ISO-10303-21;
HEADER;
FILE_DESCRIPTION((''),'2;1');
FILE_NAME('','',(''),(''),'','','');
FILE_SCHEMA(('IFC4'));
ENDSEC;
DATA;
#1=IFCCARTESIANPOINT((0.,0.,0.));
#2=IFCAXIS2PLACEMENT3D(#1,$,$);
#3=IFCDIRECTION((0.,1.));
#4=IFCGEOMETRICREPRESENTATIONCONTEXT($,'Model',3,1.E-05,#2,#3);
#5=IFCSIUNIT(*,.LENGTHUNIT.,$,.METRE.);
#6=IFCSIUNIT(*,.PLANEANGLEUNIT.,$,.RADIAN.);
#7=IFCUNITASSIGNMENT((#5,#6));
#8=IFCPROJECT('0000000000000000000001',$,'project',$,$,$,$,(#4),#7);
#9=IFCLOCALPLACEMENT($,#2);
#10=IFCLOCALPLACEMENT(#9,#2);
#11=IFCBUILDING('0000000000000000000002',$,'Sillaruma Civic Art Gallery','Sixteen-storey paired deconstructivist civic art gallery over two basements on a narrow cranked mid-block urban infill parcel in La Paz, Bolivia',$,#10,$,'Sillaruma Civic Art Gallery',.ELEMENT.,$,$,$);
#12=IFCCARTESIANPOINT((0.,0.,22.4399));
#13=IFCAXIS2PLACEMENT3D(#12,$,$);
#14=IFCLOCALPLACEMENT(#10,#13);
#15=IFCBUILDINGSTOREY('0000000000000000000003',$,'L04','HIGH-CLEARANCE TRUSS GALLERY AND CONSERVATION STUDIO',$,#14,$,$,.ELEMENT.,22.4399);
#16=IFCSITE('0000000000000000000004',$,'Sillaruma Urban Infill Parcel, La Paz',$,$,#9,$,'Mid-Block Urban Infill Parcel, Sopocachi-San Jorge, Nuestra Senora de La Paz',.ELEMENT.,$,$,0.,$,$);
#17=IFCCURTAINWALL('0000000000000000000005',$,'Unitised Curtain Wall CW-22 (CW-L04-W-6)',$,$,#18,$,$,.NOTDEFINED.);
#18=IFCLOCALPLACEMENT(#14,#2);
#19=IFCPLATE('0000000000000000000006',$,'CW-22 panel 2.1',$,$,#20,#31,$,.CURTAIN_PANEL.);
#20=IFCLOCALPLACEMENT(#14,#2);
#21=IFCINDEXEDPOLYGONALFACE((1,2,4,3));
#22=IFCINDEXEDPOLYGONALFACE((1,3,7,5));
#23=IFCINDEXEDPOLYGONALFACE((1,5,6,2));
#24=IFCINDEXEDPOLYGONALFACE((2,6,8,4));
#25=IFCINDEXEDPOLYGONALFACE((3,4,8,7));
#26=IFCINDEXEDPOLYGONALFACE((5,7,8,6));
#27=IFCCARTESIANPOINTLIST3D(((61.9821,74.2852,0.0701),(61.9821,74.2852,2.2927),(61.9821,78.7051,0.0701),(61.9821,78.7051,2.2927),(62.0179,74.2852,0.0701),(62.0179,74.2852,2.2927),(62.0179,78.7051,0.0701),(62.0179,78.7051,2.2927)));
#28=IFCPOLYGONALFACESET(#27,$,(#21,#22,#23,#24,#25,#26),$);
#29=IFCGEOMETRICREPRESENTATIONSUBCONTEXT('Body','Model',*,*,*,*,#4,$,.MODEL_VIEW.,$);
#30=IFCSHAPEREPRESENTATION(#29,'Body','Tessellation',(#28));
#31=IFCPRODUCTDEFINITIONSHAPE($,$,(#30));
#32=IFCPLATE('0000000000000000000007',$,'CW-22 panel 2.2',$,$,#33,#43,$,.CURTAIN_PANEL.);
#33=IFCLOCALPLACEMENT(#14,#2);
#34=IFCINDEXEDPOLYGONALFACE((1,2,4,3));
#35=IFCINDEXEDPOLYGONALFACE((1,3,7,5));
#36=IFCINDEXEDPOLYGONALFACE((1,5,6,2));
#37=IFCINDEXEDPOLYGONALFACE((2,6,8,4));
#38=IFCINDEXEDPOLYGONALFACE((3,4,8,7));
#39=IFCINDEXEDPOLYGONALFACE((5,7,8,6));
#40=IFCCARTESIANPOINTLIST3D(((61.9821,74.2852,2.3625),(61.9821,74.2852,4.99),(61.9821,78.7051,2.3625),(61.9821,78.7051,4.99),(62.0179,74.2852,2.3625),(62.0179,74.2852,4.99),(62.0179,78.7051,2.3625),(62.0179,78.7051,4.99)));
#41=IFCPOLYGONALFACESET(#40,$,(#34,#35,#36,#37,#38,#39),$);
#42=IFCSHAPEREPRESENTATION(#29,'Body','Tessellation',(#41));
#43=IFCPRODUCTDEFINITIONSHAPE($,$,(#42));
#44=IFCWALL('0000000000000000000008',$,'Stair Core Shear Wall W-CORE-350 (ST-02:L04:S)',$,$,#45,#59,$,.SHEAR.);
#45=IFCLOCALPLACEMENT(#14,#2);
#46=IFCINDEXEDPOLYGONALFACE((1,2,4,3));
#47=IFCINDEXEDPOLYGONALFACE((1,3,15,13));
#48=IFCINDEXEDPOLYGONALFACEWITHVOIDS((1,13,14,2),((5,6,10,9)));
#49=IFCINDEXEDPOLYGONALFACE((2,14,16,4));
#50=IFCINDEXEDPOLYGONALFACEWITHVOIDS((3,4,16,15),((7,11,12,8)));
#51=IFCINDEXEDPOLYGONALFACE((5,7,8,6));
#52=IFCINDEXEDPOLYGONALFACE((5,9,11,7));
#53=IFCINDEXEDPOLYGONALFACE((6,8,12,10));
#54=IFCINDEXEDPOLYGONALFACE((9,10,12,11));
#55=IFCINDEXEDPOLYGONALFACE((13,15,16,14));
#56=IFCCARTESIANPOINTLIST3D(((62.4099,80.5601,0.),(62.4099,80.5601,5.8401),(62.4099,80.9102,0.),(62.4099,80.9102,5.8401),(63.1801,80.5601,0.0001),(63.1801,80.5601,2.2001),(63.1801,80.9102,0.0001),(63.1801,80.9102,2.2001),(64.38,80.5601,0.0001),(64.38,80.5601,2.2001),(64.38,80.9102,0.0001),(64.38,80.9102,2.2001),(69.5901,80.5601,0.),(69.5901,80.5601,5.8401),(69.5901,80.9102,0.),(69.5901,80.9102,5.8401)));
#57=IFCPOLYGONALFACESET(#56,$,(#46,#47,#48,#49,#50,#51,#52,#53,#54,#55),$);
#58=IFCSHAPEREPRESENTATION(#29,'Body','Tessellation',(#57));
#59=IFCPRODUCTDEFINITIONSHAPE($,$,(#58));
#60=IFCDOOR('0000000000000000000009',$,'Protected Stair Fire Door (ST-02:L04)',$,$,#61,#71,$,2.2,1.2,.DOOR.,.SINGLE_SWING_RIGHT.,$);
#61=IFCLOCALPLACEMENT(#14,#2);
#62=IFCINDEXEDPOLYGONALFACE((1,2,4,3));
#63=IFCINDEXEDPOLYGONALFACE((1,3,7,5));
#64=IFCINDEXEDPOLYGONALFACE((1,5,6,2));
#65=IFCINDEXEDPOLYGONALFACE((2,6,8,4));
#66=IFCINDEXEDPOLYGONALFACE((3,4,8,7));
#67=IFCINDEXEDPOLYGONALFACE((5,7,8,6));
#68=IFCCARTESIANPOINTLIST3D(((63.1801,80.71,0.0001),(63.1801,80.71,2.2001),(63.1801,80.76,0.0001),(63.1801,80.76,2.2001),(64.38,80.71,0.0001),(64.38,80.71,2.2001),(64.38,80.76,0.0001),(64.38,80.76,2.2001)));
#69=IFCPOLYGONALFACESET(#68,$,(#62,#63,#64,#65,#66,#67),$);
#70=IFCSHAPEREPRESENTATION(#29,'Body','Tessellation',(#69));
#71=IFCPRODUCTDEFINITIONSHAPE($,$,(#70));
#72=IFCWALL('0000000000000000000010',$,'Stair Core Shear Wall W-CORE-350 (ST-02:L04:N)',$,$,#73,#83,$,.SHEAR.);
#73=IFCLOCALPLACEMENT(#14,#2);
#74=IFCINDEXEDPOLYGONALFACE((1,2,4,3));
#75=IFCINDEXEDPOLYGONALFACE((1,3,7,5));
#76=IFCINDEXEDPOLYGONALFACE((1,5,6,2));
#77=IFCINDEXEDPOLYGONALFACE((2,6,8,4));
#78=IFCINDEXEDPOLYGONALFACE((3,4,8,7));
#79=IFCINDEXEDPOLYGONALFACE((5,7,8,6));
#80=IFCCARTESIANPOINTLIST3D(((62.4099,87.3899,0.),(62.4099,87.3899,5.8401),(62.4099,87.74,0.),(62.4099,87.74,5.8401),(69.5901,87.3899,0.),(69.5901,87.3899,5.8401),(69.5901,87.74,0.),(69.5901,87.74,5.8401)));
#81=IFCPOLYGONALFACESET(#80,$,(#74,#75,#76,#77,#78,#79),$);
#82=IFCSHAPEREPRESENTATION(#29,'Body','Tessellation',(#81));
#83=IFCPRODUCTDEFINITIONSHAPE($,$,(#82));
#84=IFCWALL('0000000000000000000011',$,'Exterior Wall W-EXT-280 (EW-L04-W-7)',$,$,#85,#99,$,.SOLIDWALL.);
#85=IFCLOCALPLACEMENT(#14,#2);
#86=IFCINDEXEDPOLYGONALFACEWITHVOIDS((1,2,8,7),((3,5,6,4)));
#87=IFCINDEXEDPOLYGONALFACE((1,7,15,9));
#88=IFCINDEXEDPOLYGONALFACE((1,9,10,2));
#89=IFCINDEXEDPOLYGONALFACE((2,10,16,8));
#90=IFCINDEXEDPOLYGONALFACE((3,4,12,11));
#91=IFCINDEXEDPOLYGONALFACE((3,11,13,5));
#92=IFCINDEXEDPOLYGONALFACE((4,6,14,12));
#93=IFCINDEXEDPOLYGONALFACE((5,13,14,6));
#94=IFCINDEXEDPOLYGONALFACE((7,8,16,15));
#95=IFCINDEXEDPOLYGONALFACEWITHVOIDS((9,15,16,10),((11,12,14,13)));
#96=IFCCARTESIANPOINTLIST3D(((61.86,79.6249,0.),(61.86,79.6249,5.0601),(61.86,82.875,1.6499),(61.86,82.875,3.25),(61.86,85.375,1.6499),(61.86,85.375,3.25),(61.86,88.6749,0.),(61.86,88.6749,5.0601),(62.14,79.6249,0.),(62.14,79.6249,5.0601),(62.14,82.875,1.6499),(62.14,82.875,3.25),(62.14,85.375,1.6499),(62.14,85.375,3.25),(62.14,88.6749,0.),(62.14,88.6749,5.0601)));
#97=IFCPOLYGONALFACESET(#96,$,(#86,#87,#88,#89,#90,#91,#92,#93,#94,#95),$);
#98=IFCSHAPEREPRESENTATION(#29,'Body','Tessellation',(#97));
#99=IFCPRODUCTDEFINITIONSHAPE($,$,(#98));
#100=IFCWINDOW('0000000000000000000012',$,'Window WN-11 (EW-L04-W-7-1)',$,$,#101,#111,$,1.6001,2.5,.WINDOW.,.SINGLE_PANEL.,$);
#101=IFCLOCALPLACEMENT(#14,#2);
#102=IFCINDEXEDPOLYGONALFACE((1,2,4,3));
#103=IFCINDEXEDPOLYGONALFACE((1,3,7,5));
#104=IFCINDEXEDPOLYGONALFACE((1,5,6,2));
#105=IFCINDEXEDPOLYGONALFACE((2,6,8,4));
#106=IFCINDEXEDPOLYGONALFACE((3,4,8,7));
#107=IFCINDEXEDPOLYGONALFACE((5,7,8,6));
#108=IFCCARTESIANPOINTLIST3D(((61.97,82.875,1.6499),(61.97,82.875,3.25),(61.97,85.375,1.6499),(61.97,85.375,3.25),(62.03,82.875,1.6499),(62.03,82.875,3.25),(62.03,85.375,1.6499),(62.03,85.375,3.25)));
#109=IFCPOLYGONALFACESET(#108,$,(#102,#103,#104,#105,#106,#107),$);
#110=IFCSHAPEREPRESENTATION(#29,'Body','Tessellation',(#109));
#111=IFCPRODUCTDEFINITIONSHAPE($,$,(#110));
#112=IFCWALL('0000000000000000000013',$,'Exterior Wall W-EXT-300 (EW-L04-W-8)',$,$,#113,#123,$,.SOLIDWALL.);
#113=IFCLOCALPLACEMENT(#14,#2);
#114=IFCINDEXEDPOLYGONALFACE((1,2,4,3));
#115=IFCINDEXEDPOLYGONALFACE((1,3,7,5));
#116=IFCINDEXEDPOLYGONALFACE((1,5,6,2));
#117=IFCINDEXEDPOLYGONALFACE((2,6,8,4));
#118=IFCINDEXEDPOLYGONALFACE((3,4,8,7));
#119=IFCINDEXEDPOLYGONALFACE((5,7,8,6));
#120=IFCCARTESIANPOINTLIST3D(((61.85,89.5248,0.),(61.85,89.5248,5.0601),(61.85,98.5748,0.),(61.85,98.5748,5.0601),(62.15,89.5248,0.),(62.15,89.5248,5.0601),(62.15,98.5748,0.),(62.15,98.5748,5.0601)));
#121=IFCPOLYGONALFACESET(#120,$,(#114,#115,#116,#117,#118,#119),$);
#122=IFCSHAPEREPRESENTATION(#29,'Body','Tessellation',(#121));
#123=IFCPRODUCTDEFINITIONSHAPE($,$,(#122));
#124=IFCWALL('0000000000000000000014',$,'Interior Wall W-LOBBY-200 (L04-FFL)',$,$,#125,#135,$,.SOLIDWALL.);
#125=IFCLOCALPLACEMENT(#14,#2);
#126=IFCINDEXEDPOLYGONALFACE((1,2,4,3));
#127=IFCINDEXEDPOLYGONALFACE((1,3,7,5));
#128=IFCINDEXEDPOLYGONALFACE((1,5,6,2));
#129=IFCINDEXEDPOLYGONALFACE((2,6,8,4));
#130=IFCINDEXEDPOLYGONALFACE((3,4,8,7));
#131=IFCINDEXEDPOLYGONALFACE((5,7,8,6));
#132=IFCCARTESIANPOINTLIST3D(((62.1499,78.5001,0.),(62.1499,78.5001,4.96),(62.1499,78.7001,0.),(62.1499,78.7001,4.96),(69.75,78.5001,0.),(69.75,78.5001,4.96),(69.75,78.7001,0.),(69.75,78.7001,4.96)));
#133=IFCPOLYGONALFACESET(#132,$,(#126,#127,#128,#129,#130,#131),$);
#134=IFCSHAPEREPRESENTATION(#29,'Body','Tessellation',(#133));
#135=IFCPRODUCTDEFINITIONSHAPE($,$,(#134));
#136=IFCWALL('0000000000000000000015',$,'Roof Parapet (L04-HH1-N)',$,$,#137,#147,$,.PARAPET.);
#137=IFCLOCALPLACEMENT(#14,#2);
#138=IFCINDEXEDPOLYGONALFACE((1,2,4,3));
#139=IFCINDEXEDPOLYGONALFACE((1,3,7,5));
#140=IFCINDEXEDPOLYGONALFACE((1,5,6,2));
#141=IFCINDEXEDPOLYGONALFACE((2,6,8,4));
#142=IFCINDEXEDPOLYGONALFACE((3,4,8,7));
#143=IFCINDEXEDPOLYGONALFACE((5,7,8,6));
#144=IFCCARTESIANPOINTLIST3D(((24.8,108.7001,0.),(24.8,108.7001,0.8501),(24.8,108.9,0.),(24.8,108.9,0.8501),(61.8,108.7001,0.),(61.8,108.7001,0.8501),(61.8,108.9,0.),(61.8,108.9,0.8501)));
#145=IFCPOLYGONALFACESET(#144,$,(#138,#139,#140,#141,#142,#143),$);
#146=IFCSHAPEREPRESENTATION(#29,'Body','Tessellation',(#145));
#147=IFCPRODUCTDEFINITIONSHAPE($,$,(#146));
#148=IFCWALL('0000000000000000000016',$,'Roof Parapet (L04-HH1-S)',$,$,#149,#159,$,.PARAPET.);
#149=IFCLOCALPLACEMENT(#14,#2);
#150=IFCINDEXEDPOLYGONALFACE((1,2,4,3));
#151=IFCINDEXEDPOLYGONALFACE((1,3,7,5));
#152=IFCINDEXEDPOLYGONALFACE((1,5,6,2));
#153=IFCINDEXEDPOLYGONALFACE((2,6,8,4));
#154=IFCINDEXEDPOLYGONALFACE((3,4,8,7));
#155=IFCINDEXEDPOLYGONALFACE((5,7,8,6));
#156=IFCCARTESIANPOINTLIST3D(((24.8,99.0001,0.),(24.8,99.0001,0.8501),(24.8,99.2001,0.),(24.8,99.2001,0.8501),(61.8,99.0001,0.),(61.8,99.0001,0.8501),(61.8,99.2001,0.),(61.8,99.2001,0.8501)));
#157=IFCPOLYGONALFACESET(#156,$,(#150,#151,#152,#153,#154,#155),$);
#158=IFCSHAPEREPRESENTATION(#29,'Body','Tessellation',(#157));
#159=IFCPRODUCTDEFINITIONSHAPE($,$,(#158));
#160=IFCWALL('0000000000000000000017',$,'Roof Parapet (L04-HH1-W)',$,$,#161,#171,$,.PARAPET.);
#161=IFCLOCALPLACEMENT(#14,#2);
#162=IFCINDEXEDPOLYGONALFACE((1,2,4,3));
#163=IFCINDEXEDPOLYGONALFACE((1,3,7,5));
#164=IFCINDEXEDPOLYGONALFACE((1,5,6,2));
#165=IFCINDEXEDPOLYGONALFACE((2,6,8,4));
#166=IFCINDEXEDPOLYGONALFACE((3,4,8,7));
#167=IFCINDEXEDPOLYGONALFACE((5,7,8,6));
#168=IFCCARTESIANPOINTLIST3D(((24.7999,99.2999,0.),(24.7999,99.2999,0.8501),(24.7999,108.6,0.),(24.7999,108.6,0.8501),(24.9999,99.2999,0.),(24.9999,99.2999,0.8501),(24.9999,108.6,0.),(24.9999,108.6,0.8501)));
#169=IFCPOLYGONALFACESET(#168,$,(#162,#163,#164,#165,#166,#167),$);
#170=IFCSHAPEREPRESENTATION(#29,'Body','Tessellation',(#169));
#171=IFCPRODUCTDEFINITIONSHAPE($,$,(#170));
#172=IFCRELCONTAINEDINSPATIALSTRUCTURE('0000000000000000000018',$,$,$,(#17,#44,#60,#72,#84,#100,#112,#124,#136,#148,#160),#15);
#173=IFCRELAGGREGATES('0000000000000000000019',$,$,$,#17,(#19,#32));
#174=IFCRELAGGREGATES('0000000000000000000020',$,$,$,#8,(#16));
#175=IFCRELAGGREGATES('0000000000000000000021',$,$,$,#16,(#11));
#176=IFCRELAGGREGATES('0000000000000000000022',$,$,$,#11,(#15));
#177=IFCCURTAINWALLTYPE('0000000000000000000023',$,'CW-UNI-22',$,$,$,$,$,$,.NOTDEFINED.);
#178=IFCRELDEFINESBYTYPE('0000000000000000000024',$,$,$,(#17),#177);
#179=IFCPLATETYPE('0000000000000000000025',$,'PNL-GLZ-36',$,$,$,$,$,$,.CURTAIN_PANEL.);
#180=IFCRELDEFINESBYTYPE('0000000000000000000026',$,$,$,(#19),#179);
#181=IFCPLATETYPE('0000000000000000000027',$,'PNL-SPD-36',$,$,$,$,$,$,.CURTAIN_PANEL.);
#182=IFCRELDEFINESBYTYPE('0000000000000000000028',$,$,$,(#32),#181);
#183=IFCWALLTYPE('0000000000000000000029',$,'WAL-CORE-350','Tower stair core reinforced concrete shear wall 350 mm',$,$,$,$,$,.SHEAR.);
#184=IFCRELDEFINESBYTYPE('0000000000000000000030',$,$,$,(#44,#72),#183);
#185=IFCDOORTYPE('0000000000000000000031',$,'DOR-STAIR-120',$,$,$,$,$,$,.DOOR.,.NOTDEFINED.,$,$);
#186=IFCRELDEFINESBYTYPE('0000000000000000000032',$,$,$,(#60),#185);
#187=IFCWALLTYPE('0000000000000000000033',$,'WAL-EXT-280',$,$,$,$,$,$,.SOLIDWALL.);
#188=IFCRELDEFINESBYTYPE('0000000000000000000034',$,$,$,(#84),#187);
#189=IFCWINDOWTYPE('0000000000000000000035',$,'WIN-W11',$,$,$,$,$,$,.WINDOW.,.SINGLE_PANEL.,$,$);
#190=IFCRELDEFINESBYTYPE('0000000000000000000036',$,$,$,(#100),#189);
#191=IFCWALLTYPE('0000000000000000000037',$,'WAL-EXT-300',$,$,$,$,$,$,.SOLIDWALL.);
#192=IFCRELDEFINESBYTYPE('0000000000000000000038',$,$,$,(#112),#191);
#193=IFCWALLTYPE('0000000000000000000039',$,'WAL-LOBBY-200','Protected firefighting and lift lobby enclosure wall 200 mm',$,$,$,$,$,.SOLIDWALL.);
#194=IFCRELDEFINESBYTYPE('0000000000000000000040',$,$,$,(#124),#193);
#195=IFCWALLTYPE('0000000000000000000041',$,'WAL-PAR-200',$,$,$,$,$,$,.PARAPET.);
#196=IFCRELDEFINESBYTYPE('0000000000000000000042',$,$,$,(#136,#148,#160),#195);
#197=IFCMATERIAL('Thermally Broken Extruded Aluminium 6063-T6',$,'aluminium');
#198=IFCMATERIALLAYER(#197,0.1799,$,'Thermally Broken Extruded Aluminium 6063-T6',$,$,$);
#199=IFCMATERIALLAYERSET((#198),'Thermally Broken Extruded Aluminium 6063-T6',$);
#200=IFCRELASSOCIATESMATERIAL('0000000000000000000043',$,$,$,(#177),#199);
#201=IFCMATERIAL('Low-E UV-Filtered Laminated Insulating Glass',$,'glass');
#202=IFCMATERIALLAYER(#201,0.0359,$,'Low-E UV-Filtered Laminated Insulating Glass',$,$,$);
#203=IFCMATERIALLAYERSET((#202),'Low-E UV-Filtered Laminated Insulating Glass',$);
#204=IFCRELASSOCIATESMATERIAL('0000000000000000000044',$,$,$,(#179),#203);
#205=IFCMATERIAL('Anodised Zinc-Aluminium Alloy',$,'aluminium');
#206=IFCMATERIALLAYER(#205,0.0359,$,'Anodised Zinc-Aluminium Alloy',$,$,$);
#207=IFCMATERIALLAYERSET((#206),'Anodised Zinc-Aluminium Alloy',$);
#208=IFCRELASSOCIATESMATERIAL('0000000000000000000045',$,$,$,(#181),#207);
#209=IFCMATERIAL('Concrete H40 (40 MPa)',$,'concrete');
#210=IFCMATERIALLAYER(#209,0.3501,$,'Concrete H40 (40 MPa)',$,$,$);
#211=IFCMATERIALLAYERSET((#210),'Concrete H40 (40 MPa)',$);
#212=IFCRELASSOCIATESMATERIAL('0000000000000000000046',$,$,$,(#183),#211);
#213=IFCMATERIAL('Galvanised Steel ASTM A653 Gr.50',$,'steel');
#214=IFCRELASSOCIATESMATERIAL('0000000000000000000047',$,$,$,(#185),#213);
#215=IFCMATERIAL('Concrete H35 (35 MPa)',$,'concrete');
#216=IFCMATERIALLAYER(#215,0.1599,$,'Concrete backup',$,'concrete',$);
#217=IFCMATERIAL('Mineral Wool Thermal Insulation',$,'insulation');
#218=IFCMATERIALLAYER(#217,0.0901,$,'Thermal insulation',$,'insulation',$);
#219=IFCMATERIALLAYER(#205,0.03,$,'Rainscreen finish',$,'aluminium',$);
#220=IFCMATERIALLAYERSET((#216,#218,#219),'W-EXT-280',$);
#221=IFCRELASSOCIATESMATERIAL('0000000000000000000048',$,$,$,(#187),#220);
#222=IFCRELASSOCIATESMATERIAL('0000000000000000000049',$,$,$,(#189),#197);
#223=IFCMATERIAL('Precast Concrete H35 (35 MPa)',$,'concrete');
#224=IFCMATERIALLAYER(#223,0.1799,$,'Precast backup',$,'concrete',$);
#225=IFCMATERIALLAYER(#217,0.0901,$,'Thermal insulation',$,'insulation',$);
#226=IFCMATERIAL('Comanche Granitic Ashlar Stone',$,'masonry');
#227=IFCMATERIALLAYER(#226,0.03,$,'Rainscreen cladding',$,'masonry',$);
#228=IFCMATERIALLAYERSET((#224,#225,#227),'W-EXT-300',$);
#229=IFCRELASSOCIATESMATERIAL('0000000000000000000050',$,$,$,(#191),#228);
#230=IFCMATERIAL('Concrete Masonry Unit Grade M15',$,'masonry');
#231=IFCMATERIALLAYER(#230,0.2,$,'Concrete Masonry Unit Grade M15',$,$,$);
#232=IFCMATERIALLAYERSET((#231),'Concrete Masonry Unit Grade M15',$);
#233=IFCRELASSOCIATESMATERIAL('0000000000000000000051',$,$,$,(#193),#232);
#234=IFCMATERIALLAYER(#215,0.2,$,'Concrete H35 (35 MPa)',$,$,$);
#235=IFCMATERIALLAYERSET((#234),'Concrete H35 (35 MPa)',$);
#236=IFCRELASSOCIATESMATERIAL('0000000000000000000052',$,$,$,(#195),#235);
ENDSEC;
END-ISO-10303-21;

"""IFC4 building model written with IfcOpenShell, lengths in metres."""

from ifc_helpers import new_model, si_unit, direction, frame, frame_2d, origin, origin_2d, place, context, subcontext, project, spatial, rectangle, extrude, material, layer, layer_set, type_object, element, fill, aggregate, save


model = new_model("IFC4")

# Units and contexts
model_context = context("Model", 3, precision=1e-05, world=origin(), true_north=direction((0.0, 1.0)))
body_context = subcontext(model_context, "Body", "Model", "MODEL_VIEW")
ifc_project = project(units=[si_unit("LENGTHUNIT", "METRE"), si_unit("PLANEANGLEUNIT", "RADIAN")], contexts=[model_context])

# Site, building, storey
site_placement = place(None, origin())
site = spatial("IfcSite", under=ifc_project, at=site_placement, Name="Sillaruma Urban Infill Parcel, La Paz", LongName="Mid-Block Urban Infill Parcel, Sopocachi-San Jorge, Nuestra Senora de La Paz", CompositionType="ELEMENT", RefElevation=0.0)
building_placement = place(site_placement, origin())
building = spatial("IfcBuilding", under=site, at=building_placement, Name="Sillaruma Civic Art Gallery", Description="Sixteen-storey paired deconstructivist civic art gallery over two basements on a narrow cranked mid-block urban infill parcel in La Paz, Bolivia", LongName="Sillaruma Civic Art Gallery", CompositionType="ELEMENT")
storey_placement = place(building_placement, frame((0.0, 0.0, 22.4399)))
storey = spatial("IfcBuildingStorey", under=building, at=storey_placement, Name="L04", Description="HIGH-CLEARANCE TRUSS GALLERY AND CONSERVATION STUDIO", CompositionType="ELEMENT", Elevation=22.4399)

# Shared definitions
ifc_material_1 = material(Name="Concrete H40 (40 MPa)", Category="concrete")

# Shared definitions
ifc_material_2 = material(Name="Concrete H35 (35 MPa)", Category="concrete")

# Curtain wall, plates
ifc_material_3 = material(Name="Thermally Broken Extruded Aluminium 6063-T6", Category="aluminium")
ifc_layer_1 = layer(ifc_material_3, 0.1799, Name="Thermally Broken Extruded Aluminium 6063-T6")
ifc_layer_set_1 = layer_set([ifc_layer_1], Name="Thermally Broken Extruded Aluminium 6063-T6")
curtain_wall_type = type_object("IfcCurtainWallType", Name="CW-UNI-22", PredefinedType="NOTDEFINED", material=ifc_layer_set_1)
curtain_wall_placement = place(storey_placement, origin())
curtain_wall = element("IfcCurtainWall", 1, at=curtain_wall_placement, inside=storey, type_object=curtain_wall_type, Name="Unitised Curtain Wall CW-22 (CW-L04-W-6)", PredefinedType="NOTDEFINED")
ifc_material_4 = material(Name="Low-E UV-Filtered Laminated Insulating Glass", Category="glass")
ifc_layer_2 = layer(ifc_material_4, 0.0359, Name="Low-E UV-Filtered Laminated Insulating Glass")
ifc_layer_set_2 = layer_set([ifc_layer_2], Name="Low-E UV-Filtered Laminated Insulating Glass")
plate_type_1 = type_object("IfcPlateType", Name="PNL-GLZ-36", PredefinedType="CURTAIN_PANEL", material=ifc_layer_set_2)
plate_1_placement = place(storey_placement, frame((62.0, 76.4951, 0.0701), z_axis=(0.0, 0.0, 1.0), x_axis=(0.0, 1.0, 0.0)))
plate_1 = element("IfcPlate", 2, at=plate_1_placement, type_object=plate_type_1, Name="CW-22 panel 2.1", PredefinedType="CURTAIN_PANEL", context=body_context, shape_type="SweptSolid", body=[
    extrude(rectangle(XDim=4.4199, YDim=0.0359, at=origin_2d()), origin(), (0.0, 0.0, 1.0), 2.2227),
])
ifc_material_5 = material(Name="Anodised Zinc-Aluminium Alloy", Category="aluminium")
ifc_layer_3 = layer(ifc_material_5, 0.0359, Name="Anodised Zinc-Aluminium Alloy")
ifc_layer_set_3 = layer_set([ifc_layer_3], Name="Anodised Zinc-Aluminium Alloy")
plate_type_2 = type_object("IfcPlateType", Name="PNL-SPD-36", PredefinedType="CURTAIN_PANEL", material=ifc_layer_set_3)
plate_2_placement = place(storey_placement, frame((62.0, 76.4951, 2.3625), z_axis=(0.0, 0.0, 1.0), x_axis=(0.0, 1.0, 0.0)))
plate_2 = element("IfcPlate", 3, at=plate_2_placement, type_object=plate_type_2, Name="CW-22 panel 2.2", PredefinedType="CURTAIN_PANEL", context=body_context, shape_type="SweptSolid", body=[
    extrude(rectangle(XDim=4.4199, YDim=0.0359, at=origin_2d()), origin(), (0.0, 0.0, 1.0), 2.6274),
])
aggregate(curtain_wall, [plate_1, plate_2])

# Wall, opening, door
ifc_layer_4 = layer(ifc_material_1, 0.3501, Name="Concrete H40 (40 MPa)")
ifc_layer_set_4 = layer_set([ifc_layer_4], Name="Concrete H40 (40 MPa)")
wall_type_1 = type_object("IfcWallType", Name="WAL-CORE-350", Description="Tower stair core reinforced concrete shear wall 350 mm", PredefinedType="SHEAR", material=ifc_layer_set_4)
wall_1_placement = place(storey_placement, frame((62.4099, 80.7351, 0.0), z_axis=(0.0, 0.0, 1.0), x_axis=(1.0, 0.0, 0.0)))
wall_1 = element("IfcWall", 4, at=wall_1_placement, inside=storey, type_object=wall_type_1, Name="Stair Core Shear Wall W-CORE-350 (ST-02:L04:S)", PredefinedType="SHEAR", context=body_context, shape_type="SweptSolid", body=[
    extrude(rectangle(XDim=7.1802, YDim=0.3501, at=frame_2d((3.5901, 0.0))), origin(), (0.0, 0.0, 1.0), 5.8401),
])
opening_1_placement = place(wall_1_placement, frame((0.77, 0.0, 0.0)))
opening_1 = element("IfcOpeningElement", 5, at=opening_1_placement, cuts=wall_1, PredefinedType="OPENING", context=body_context, shape_type="SweptSolid", body=[
    extrude(rectangle(XDim=1.2, YDim=2.2, at=frame_2d((0.6001, 1.1001))), frame((0.0, 0.1851, 0.0), z_axis=(0.0, -1.0, 0.0), x_axis=(1.0, 0.0, 0.0)), (0.0, 0.0, 1.0), 0.3701),
])
ifc_material_6 = material(Name="Galvanised Steel ASTM A653 Gr.50", Category="steel")
door_type = type_object("IfcDoorType", Name="DOR-STAIR-120", OperationType="NOTDEFINED", PredefinedType="DOOR", material=ifc_material_6)
door_placement = place(opening_1_placement, origin())
door = element("IfcDoor", 6, at=door_placement, inside=storey, type_object=door_type, Name="Protected Stair Fire Door (ST-02:L04)", OperationType="SINGLE_SWING_RIGHT", OverallHeight=2.2, OverallWidth=1.2, PredefinedType="DOOR", context=body_context, shape_type="SweptSolid", body=[
    extrude(rectangle(XDim=1.2, YDim=2.2, at=frame_2d((0.6001, 1.1001))), frame((0.0, 0.0249, 0.0), z_axis=(0.0, -1.0, 0.0), x_axis=(1.0, 0.0, 0.0)), (0.0, 0.0, 1.0), 0.05),
])
fill(opening_1, door)

# Wall
wall_2_placement = place(storey_placement, frame((62.4099, 87.5649, 0.0), z_axis=(0.0, 0.0, 1.0), x_axis=(1.0, 0.0, 0.0)))
element("IfcWall", 7, at=wall_2_placement, inside=storey, type_object=wall_type_1, Name="Stair Core Shear Wall W-CORE-350 (ST-02:L04:N)", PredefinedType="SHEAR", context=body_context, shape_type="SweptSolid", body=[
    extrude(rectangle(XDim=7.1802, YDim=0.3501, at=frame_2d((3.5901, 0.0))), origin(), (0.0, 0.0, 1.0), 5.8401),
])

# Wall, opening, window
ifc_layer_5 = layer(ifc_material_2, 0.1599, Name="Concrete backup", Category="concrete")
ifc_material_7 = material(Name="Mineral Wool Thermal Insulation", Category="insulation")
ifc_layer_6 = layer(ifc_material_7, 0.0901, Name="Thermal insulation", Category="insulation")
ifc_layer_7 = layer(ifc_material_5, 0.03, Name="Rainscreen finish", Category="aluminium")
ifc_layer_set_5 = layer_set([ifc_layer_5, ifc_layer_6, ifc_layer_7], Name="W-EXT-280")
wall_type_2 = type_object("IfcWallType", Name="WAL-EXT-280", PredefinedType="SOLIDWALL", material=ifc_layer_set_5)
wall_3_placement = place(storey_placement, frame((62.0, 79.625, 0.0), z_axis=(0.0, 0.0, 1.0), x_axis=(0.0, 1.0, 0.0)))
wall_3 = element("IfcWall", 8, at=wall_3_placement, inside=storey, type_object=wall_type_2, Name="Exterior Wall W-EXT-280 (EW-L04-W-7)", PredefinedType="SOLIDWALL", context=body_context, shape_type="SweptSolid", body=[
    extrude(rectangle(XDim=9.05, YDim=0.28, at=frame_2d((4.5249, 0.0))), origin(), (0.0, 0.0, 1.0), 5.0601),
])
opening_2_placement = place(wall_3_placement, frame((3.25, 0.0, 1.6499)))
opening_2 = element("IfcOpeningElement", 9, at=opening_2_placement, cuts=wall_3, PredefinedType="OPENING", context=body_context, shape_type="SweptSolid", body=[
    extrude(rectangle(XDim=2.5, YDim=1.6001, at=frame_2d((1.25, 0.8))), frame((0.0, 0.1499, 0.0), z_axis=(0.0, -1.0, 0.0), x_axis=(1.0, 0.0, 0.0)), (0.0, 0.0, 1.0), 0.3),
])
window_type = type_object("IfcWindowType", Name="WIN-W11", PartitioningType="SINGLE_PANEL", PredefinedType="WINDOW", material=ifc_material_3)
window_placement = place(opening_2_placement, origin())
window = element("IfcWindow", 10, at=window_placement, inside=storey, type_object=window_type, Name="Window WN-11 (EW-L04-W-7-1)", OverallHeight=1.6001, OverallWidth=2.5, PartitioningType="SINGLE_PANEL", PredefinedType="WINDOW", context=body_context, shape_type="SweptSolid", body=[
    extrude(rectangle(XDim=2.5, YDim=1.6001, at=frame_2d((1.25, 0.8))), frame((0.0, 0.03, 0.0), z_axis=(0.0, -1.0, 0.0), x_axis=(1.0, 0.0, 0.0)), (0.0, 0.0, 1.0), 0.0601),
])
fill(opening_2, window)

# Walls
ifc_material_8 = material(Name="Precast Concrete H35 (35 MPa)", Category="concrete")
ifc_layer_8 = layer(ifc_material_8, 0.1799, Name="Precast backup", Category="concrete")
ifc_layer_9 = layer(ifc_material_7, 0.0901, Name="Thermal insulation", Category="insulation")
ifc_material_9 = material(Name="Comanche Granitic Ashlar Stone", Category="masonry")
ifc_layer_10 = layer(ifc_material_9, 0.03, Name="Rainscreen cladding", Category="masonry")
ifc_layer_set_6 = layer_set([ifc_layer_8, ifc_layer_9, ifc_layer_10], Name="W-EXT-300")
wall_type_3 = type_object("IfcWallType", Name="WAL-EXT-300", PredefinedType="SOLIDWALL", material=ifc_layer_set_6)
wall_4_placement = place(storey_placement, frame((62.0, 89.5249, 0.0), z_axis=(0.0, 0.0, 1.0), x_axis=(0.0, 1.0, 0.0)))
element("IfcWall", 11, at=wall_4_placement, inside=storey, type_object=wall_type_3, Name="Exterior Wall W-EXT-300 (EW-L04-W-8)", PredefinedType="SOLIDWALL", context=body_context, shape_type="SweptSolid", body=[
    extrude(rectangle(XDim=9.05, YDim=0.3, at=frame_2d((4.5249, 0.0))), origin(), (0.0, 0.0, 1.0), 5.0601),
])
ifc_material_10 = material(Name="Concrete Masonry Unit Grade M15", Category="masonry")
ifc_layer_11 = layer(ifc_material_10, 0.2, Name="Concrete Masonry Unit Grade M15")
ifc_layer_set_7 = layer_set([ifc_layer_11], Name="Concrete Masonry Unit Grade M15")
wall_type_4 = type_object("IfcWallType", Name="WAL-LOBBY-200", Description="Protected firefighting and lift lobby enclosure wall 200 mm", PredefinedType="SOLIDWALL", material=ifc_layer_set_7)
wall_5_placement = place(storey_placement, frame((62.1499, 78.6001, 0.0), z_axis=(0.0, 0.0, 1.0), x_axis=(1.0, 0.0, 0.0)))
element("IfcWall", 12, at=wall_5_placement, inside=storey, type_object=wall_type_4, Name="Interior Wall W-LOBBY-200 (L04-FFL)", PredefinedType="SOLIDWALL", context=body_context, shape_type="SweptSolid", body=[
    extrude(rectangle(XDim=7.6001, YDim=0.2, at=frame_2d((3.8, 0.0))), origin(), (0.0, 0.0, 1.0), 4.96),
])
ifc_layer_12 = layer(ifc_material_2, 0.2, Name="Concrete H35 (35 MPa)")
ifc_layer_set_8 = layer_set([ifc_layer_12], Name="Concrete H35 (35 MPa)")
wall_type_5 = type_object("IfcWallType", Name="WAL-PAR-200", PredefinedType="PARAPET", material=ifc_layer_set_8)
for number, where, z_axis, x_axis, name in (
    (13, (24.8, 108.8, 0.0), (0.0, 0.0, 1.0), (1.0, 0.0, 0.0), "Roof Parapet (L04-HH1-N)"),
    (14, (24.8, 99.1001, 0.0), (0.0, 0.0, 1.0), (1.0, 0.0, 0.0), "Roof Parapet (L04-HH1-S)"),
):
    element("IfcWall", number, at=place(storey_placement, frame(where, z_axis=z_axis, x_axis=x_axis)), inside=storey, type_object=wall_type_5, Name=name, PredefinedType="PARAPET", context=body_context, shape_type="SweptSolid", body=[
        extrude(rectangle(XDim=37.0, YDim=0.2, at=frame_2d((18.5, 0.0))), origin(), (0.0, 0.0, 1.0), 0.8501),
    ])
wall_6_placement = place(storey_placement, frame((24.8999, 99.3, 0.0), z_axis=(0.0, 0.0, 1.0), x_axis=(0.0, 1.0, 0.0)))
element("IfcWall", 15, at=wall_6_placement, inside=storey, type_object=wall_type_5, Name="Roof Parapet (L04-HH1-W)", PredefinedType="PARAPET", context=body_context, shape_type="SweptSolid", body=[
    extrude(rectangle(XDim=9.3, YDim=0.2, at=frame_2d((4.6499, 0.0))), origin(), (0.0, 0.0, 1.0), 0.8501),
])

save(model, "model.ifc")
